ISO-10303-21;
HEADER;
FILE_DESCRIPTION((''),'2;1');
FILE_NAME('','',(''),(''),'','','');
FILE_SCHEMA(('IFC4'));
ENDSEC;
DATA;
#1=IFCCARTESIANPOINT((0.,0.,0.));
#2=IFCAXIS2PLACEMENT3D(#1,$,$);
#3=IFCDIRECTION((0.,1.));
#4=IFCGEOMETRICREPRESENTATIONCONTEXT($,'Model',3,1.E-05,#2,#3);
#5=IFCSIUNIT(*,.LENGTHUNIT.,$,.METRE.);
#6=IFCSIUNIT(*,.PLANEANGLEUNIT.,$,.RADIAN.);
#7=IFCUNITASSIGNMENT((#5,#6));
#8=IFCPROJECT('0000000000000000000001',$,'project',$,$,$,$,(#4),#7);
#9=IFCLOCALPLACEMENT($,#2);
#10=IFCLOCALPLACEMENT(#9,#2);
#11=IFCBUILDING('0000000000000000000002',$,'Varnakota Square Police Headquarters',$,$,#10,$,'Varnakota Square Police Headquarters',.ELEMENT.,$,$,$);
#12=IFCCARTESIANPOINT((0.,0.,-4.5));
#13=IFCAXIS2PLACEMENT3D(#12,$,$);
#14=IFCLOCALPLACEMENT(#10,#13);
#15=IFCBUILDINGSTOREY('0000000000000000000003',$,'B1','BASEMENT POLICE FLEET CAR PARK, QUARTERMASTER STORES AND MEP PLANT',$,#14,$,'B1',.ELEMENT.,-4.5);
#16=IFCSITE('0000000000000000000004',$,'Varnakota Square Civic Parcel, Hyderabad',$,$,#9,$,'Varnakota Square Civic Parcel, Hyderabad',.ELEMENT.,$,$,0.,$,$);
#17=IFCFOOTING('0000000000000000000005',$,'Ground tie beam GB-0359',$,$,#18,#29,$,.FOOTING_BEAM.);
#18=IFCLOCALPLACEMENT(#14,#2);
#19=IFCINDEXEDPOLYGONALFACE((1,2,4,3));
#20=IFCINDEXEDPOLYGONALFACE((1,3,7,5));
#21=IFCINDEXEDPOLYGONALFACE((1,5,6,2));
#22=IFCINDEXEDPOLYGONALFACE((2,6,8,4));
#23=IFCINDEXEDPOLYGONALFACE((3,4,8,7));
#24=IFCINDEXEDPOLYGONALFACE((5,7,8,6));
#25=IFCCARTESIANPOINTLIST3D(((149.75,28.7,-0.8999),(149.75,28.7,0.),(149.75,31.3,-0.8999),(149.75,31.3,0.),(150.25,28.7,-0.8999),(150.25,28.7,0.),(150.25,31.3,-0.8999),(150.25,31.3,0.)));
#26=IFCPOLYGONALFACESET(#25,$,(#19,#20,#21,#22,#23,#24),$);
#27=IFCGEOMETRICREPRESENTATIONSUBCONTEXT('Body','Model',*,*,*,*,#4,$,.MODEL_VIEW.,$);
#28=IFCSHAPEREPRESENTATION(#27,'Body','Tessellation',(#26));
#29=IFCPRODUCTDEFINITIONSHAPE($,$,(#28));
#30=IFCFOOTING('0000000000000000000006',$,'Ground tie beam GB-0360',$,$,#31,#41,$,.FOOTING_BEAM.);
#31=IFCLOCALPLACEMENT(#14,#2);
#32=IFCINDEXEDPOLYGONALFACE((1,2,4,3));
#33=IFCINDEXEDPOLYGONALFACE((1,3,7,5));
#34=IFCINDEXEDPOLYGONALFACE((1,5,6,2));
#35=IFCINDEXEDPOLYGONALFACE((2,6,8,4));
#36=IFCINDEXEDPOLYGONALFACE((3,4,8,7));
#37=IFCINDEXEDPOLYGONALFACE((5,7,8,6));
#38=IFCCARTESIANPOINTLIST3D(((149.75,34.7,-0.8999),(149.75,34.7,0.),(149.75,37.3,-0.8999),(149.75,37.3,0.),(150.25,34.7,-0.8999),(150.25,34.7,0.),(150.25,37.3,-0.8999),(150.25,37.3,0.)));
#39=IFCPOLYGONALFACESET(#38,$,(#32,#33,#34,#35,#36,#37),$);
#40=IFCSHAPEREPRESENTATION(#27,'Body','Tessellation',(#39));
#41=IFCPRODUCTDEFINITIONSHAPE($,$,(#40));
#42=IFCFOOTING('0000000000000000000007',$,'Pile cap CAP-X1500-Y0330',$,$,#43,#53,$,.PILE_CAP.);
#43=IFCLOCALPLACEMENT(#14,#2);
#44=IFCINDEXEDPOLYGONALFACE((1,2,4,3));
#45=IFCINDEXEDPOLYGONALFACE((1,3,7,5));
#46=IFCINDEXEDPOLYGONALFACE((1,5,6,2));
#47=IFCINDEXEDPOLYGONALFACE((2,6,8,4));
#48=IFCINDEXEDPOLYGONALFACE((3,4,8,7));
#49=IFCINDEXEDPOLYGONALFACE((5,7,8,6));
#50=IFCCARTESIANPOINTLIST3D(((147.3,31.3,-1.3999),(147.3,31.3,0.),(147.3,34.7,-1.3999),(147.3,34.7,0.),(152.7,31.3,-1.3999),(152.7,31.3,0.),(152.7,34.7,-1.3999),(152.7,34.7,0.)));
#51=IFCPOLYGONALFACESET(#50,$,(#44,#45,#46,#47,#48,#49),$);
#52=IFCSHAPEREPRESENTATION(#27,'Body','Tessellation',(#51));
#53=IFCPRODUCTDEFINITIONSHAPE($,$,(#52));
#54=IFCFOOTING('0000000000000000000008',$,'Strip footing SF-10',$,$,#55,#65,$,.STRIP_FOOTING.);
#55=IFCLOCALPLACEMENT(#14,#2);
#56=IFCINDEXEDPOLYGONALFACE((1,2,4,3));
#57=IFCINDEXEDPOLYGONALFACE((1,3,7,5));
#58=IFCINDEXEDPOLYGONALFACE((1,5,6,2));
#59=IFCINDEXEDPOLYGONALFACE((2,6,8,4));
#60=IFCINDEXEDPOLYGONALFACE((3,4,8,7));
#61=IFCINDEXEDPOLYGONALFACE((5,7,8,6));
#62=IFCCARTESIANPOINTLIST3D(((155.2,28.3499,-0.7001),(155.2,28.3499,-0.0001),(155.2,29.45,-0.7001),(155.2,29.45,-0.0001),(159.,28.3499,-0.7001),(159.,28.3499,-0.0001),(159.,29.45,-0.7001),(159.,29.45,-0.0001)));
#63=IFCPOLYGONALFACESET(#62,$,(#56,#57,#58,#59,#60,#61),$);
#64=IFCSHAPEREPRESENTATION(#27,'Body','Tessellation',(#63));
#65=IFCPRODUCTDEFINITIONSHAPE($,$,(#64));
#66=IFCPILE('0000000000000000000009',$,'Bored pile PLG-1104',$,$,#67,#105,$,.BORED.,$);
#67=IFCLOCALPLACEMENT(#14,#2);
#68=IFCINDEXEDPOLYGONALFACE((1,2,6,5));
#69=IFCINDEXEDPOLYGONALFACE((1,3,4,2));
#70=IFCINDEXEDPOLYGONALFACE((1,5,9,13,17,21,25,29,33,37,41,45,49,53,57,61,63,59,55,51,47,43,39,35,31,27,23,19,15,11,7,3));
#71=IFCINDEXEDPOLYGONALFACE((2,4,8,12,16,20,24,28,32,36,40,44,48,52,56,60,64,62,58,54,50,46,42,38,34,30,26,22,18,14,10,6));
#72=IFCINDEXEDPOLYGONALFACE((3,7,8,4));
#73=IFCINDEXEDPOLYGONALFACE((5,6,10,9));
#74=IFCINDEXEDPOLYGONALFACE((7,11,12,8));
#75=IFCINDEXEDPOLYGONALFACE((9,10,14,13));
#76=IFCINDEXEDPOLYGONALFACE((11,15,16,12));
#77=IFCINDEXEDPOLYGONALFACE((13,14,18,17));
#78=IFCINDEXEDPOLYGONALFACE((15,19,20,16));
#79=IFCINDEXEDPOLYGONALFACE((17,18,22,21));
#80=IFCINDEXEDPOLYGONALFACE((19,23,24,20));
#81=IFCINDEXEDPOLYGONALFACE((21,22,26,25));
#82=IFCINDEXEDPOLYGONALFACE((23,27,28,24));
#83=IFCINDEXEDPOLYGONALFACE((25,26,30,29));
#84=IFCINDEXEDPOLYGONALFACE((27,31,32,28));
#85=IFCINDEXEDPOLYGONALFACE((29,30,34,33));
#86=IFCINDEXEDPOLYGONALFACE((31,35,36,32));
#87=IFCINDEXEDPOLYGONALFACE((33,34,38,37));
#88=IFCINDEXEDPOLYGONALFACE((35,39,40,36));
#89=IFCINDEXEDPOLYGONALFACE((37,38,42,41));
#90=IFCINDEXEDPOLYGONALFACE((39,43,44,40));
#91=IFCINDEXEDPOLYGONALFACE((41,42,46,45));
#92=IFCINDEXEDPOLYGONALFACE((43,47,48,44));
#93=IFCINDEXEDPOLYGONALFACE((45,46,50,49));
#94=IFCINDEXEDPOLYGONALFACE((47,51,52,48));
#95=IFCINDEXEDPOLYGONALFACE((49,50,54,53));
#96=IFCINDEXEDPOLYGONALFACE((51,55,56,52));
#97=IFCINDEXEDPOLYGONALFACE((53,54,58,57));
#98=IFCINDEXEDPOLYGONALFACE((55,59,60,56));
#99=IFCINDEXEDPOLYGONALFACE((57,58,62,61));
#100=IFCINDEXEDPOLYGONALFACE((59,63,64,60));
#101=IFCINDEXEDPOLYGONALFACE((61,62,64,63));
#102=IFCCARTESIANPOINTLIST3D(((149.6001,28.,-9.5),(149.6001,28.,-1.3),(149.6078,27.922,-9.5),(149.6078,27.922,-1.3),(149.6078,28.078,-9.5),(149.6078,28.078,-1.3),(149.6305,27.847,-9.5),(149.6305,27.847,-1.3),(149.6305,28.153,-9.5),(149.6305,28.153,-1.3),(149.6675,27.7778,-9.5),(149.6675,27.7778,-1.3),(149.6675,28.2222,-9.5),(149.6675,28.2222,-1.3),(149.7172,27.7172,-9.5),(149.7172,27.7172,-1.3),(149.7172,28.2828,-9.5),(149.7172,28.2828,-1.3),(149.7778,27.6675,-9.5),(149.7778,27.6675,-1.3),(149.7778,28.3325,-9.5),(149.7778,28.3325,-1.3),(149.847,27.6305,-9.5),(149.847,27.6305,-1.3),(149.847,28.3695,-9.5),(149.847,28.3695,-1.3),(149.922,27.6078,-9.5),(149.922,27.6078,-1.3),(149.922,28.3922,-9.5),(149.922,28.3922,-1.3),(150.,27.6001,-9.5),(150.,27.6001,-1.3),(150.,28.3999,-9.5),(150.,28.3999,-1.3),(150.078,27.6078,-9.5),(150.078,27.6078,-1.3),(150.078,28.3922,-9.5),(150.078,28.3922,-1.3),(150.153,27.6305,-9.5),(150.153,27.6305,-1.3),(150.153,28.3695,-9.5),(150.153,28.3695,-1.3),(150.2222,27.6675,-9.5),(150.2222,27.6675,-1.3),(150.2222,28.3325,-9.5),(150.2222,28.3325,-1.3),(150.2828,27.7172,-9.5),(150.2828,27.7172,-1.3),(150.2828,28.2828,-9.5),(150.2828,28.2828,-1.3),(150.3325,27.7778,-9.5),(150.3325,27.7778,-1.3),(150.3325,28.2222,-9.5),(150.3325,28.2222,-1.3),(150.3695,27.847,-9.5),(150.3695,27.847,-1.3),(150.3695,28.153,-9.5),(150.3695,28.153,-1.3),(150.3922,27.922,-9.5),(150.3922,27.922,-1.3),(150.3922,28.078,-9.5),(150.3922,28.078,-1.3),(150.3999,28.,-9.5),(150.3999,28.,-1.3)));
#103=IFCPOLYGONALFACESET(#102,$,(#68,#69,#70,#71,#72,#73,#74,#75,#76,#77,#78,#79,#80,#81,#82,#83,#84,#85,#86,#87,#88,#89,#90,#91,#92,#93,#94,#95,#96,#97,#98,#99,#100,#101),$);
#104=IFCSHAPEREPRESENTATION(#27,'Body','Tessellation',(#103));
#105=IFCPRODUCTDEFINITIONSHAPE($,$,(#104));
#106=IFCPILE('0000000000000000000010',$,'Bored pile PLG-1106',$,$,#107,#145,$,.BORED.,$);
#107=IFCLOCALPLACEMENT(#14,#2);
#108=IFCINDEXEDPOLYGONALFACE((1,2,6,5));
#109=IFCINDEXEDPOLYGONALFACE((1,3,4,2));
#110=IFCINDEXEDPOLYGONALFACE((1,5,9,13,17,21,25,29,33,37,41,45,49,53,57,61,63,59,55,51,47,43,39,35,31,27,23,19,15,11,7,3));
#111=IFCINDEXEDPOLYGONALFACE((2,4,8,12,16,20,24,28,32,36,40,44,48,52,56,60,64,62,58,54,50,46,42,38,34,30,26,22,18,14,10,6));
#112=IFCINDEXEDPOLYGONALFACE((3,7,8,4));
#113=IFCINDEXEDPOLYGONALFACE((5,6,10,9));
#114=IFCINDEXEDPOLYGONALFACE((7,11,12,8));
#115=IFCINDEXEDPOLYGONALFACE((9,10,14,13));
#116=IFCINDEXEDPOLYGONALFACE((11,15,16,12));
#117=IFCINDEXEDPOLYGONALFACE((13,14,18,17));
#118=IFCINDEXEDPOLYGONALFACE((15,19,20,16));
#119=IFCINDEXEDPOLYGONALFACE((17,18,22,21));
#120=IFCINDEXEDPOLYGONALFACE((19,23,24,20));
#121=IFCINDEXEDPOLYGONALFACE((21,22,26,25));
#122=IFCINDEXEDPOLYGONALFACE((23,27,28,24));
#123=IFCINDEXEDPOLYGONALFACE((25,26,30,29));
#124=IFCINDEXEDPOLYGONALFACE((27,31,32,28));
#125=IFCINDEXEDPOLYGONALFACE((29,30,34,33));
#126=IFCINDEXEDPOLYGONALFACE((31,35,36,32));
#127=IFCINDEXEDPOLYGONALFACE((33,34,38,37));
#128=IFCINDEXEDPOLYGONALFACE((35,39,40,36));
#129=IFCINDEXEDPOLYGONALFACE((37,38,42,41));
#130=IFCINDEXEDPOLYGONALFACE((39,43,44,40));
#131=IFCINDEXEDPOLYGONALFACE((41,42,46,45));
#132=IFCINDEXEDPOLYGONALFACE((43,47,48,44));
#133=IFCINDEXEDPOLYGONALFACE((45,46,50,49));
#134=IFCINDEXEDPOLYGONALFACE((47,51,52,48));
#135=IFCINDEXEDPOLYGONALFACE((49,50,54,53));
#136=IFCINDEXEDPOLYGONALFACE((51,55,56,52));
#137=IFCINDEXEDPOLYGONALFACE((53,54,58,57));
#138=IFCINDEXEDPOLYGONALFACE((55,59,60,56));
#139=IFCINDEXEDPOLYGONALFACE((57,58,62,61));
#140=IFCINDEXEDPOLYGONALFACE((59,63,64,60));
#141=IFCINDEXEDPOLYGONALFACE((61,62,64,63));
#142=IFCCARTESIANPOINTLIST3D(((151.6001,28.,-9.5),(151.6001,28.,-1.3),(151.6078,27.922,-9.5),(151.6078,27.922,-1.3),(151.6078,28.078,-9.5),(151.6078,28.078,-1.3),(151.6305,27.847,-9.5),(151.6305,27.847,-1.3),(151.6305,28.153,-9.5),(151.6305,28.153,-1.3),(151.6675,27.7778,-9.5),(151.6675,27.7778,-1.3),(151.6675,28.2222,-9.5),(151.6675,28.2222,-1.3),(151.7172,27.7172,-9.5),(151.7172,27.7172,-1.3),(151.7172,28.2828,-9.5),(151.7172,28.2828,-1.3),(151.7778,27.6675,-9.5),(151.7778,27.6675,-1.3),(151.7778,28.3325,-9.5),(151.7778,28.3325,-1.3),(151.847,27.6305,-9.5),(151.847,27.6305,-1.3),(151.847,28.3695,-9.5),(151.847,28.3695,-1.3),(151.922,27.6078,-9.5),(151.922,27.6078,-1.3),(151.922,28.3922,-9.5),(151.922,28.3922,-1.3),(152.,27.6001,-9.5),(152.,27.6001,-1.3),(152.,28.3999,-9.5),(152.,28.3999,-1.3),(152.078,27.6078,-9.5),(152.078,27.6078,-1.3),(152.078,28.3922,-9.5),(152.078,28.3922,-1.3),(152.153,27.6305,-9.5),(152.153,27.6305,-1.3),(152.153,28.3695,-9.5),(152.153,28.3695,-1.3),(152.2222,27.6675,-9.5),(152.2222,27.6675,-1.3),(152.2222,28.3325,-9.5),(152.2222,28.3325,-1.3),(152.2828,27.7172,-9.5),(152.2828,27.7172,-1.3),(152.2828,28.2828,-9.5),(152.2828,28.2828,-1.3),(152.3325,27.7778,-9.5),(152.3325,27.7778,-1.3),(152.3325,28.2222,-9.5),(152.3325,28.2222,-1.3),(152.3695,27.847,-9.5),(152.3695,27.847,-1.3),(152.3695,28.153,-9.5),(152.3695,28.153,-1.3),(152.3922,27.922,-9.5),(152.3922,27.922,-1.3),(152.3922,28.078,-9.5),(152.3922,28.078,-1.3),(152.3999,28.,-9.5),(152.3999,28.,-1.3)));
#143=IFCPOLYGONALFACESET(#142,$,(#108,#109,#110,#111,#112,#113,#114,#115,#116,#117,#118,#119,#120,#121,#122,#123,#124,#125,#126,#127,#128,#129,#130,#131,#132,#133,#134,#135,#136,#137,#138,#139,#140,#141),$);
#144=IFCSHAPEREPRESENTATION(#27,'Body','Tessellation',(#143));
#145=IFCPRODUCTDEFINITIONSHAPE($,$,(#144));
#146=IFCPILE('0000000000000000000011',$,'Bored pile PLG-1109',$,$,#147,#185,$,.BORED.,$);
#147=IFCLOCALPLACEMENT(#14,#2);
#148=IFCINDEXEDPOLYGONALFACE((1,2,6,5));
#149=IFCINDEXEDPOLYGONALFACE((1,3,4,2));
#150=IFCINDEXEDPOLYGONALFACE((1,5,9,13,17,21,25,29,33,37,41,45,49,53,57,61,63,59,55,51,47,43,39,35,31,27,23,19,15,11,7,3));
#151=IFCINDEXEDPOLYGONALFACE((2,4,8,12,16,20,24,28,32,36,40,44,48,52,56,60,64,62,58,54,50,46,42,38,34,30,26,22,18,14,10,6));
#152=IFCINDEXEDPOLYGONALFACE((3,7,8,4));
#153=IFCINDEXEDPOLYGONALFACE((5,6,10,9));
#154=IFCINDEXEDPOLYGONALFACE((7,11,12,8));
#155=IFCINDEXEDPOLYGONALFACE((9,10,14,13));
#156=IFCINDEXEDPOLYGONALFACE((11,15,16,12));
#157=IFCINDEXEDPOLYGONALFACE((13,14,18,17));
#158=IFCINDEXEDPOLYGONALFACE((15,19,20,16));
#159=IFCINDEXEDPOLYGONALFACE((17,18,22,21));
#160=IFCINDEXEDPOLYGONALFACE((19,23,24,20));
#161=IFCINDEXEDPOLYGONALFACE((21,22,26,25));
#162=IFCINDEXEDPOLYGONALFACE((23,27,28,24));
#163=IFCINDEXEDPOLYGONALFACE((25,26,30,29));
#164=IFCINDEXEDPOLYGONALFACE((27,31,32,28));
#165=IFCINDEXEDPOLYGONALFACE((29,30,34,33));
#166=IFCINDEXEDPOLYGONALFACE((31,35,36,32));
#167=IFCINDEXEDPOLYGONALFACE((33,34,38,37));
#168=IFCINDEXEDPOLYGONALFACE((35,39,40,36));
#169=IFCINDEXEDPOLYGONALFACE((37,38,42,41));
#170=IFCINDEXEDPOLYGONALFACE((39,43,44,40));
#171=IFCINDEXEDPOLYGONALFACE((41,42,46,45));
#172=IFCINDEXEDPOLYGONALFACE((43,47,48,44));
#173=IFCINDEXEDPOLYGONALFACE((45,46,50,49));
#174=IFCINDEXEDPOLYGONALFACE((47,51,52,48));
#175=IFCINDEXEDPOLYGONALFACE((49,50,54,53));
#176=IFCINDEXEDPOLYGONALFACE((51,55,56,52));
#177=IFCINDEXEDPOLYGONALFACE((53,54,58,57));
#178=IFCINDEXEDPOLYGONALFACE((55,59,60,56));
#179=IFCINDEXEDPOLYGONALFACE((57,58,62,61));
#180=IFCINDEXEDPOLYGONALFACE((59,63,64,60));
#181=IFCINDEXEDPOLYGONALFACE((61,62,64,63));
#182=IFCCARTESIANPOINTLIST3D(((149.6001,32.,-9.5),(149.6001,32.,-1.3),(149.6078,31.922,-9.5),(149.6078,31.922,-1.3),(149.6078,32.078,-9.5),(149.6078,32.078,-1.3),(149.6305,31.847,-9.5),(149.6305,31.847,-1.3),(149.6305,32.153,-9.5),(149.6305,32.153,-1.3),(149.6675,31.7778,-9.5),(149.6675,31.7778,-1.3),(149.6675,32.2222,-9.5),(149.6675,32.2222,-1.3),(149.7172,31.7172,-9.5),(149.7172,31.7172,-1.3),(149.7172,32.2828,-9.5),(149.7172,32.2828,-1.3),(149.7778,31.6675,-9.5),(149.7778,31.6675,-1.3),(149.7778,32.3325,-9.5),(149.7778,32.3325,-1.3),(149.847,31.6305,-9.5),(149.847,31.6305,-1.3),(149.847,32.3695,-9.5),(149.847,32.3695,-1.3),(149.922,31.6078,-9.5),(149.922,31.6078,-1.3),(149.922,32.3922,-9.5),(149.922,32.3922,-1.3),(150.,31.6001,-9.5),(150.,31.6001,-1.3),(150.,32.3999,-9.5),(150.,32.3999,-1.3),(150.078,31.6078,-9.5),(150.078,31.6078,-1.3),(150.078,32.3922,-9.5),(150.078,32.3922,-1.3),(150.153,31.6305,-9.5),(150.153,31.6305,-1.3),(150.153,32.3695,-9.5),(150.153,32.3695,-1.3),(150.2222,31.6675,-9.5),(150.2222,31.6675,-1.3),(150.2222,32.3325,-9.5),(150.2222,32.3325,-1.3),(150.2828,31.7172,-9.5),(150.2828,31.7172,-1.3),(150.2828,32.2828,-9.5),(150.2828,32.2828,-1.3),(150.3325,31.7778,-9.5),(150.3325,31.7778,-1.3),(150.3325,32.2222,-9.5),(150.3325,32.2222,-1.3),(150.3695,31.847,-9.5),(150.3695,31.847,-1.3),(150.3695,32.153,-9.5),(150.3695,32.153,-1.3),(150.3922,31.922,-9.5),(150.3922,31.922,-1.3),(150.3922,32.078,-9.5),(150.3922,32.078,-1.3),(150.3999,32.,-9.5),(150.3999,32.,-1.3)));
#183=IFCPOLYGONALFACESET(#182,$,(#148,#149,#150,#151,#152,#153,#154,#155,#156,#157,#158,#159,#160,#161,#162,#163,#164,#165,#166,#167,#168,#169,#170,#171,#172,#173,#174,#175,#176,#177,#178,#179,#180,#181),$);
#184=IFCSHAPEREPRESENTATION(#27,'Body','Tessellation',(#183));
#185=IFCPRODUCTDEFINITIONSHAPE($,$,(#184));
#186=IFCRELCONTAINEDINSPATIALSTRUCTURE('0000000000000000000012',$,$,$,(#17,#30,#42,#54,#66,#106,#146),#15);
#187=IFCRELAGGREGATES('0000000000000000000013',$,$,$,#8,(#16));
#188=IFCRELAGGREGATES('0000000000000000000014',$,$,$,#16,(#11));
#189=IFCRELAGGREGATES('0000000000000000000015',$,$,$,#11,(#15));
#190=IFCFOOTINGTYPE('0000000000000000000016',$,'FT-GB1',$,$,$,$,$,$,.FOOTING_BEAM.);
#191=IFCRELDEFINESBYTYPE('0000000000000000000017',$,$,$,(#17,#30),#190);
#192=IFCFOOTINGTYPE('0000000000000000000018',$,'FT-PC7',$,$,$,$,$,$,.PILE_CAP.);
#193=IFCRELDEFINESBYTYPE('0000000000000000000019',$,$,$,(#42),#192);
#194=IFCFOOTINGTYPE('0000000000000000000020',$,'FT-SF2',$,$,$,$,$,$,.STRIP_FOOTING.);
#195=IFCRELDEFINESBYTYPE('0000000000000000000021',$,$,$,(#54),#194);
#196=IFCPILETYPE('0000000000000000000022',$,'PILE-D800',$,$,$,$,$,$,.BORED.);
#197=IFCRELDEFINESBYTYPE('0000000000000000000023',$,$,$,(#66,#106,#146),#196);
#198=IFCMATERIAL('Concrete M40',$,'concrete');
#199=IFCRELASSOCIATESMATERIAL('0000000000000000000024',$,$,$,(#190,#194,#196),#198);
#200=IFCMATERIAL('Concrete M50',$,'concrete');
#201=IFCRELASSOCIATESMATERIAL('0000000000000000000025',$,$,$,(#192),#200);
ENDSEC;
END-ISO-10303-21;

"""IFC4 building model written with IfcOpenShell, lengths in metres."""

from ifc_helpers import new_model, si_unit, direction, frame, origin, origin_2d, place, context, subcontext, project, spatial, rectangle, circle, extrude, material, material_profile, profile_set, type_object, element, save


model = new_model("IFC4")

# Units and contexts
model_context = context("Model", 3, precision=1e-05, world=origin(), true_north=direction((0.0, 1.0)))
body_context = subcontext(model_context, "Body", "Model", "MODEL_VIEW")
ifc_project = project(units=[si_unit("LENGTHUNIT", "METRE"), si_unit("PLANEANGLEUNIT", "RADIAN")], contexts=[model_context])

# Site, building, storey
site_placement = place(None, origin())
site = spatial("IfcSite", under=ifc_project, at=site_placement, Name="Varnakota Square Civic Parcel, Hyderabad", LongName="Varnakota Square Civic Parcel, Hyderabad", CompositionType="ELEMENT", RefElevation=0.0)
building_placement = place(site_placement, origin())
building = spatial("IfcBuilding", under=site, at=building_placement, Name="Varnakota Square Police Headquarters", LongName="Varnakota Square Police Headquarters", CompositionType="ELEMENT")
storey_placement = place(building_placement, frame((0.0, 0.0, -4.5)))
storey = spatial("IfcBuildingStorey", under=building, at=storey_placement, Name="B1", Description="BASEMENT POLICE FLEET CAR PARK, QUARTERMASTER STORES AND MEP PLANT", LongName="B1", CompositionType="ELEMENT", Elevation=-4.5)

# Footings
ifc_material_1 = material(Name="Concrete M40", Category="concrete")
ifc_material_profile_1 = material_profile(ifc_material_1, rectangle(XDim=0.5, YDim=0.8999, at=origin_2d()), Name="GB 500x900")
ifc_profile_set_1 = profile_set([ifc_material_profile_1], Name="Concrete M40")
footing_type_1 = type_object("IfcFootingType", Name="FT-GB1", PredefinedType="FOOTING_BEAM", material=ifc_profile_set_1)
for number, where, z_axis, x_axis, name in (
    (1, (150.0, 28.7, -0.45), (0.0, 1.0, 0.0), (-1.0, 0.0, 0.0), "Ground tie beam GB-0359"),
    (2, (150.0, 34.7, -0.45), (0.0, 1.0, 0.0), (-1.0, 0.0, 0.0), "Ground tie beam GB-0360"),
):
    element("IfcFooting", number, at=place(storey_placement, frame(where, z_axis=z_axis, x_axis=x_axis)), inside=storey, type_object=footing_type_1, Name=name, PredefinedType="FOOTING_BEAM", context=body_context, shape_type="SweptSolid", body=[
        extrude(rectangle(XDim=0.5, YDim=0.8999, at=origin_2d()), origin(), (0.0, 0.0, 1.0), 2.6001),
    ])
ifc_material_2 = material(Name="Concrete M50", Category="concrete")
footing_type_2 = type_object("IfcFootingType", Name="FT-PC7", PredefinedType="PILE_CAP", material=ifc_material_2)
footing_1_placement = place(storey_placement, frame((150.0, 33.0, -1.3999), z_axis=(0.0, 0.0, 1.0), x_axis=(1.0, 0.0, 0.0)))
element("IfcFooting", 3, at=footing_1_placement, inside=storey, type_object=footing_type_2, Name="Pile cap CAP-X1500-Y0330", PredefinedType="PILE_CAP", context=body_context, shape_type="SweptSolid", body=[
    extrude(rectangle(XDim=5.3999, YDim=3.3999, at=origin_2d()), origin(), (0.0, 0.0, 1.0), 1.3999),
])
ifc_material_profile_2 = material_profile(ifc_material_1, rectangle(XDim=1.1001, YDim=0.7, at=origin_2d()), Name="SF 1100x700")
ifc_profile_set_2 = profile_set([ifc_material_profile_2], Name="Concrete M40")
footing_type_3 = type_object("IfcFootingType", Name="FT-SF2", PredefinedType="STRIP_FOOTING", material=ifc_profile_set_2)
footing_2_placement = place(storey_placement, frame((155.2, 28.8999, -0.3501), z_axis=(1.0, 0.0, 0.0), x_axis=(0.0, 1.0, 0.0)))
element("IfcFooting", 4, at=footing_2_placement, inside=storey, type_object=footing_type_3, Name="Strip footing SF-10", PredefinedType="STRIP_FOOTING", context=body_context, shape_type="SweptSolid", body=[
    extrude(rectangle(XDim=1.1001, YDim=0.7, at=origin_2d()), origin(), (0.0, 0.0, 1.0), 3.8),
])

# Piles
ifc_material_profile_3 = material_profile(ifc_material_1, circle(Radius=0.3999, at=origin_2d()), Name="BORED PILE 800")
ifc_profile_set_3 = profile_set([ifc_material_profile_3], Name="Concrete M40")
pile_type = type_object("IfcPileType", Name="PILE-D800", PredefinedType="BORED", material=ifc_profile_set_3)
for number, where, z_axis, x_axis, name in (
    (5, (150.0, 28.0, -1.3), (0.0, 0.0, -1.0), (1.0, 0.0, 0.0), "Bored pile PLG-1104"),
    (6, (152.0, 28.0, -1.3), (0.0, 0.0, -1.0), (1.0, 0.0, 0.0), "Bored pile PLG-1106"),
    (7, (150.0, 32.0, -1.3), (0.0, 0.0, -1.0), (1.0, 0.0, 0.0), "Bored pile PLG-1109"),
):
    element("IfcPile", number, at=place(storey_placement, frame(where, z_axis=z_axis, x_axis=x_axis)), inside=storey, type_object=pile_type, Name=name, PredefinedType="BORED", context=body_context, shape_type="SweptSolid", body=[
        extrude(circle(Radius=0.3999, at=origin_2d()), origin(), (0.0, 0.0, 1.0), 8.2),
    ])

save(model, "model.ifc")
